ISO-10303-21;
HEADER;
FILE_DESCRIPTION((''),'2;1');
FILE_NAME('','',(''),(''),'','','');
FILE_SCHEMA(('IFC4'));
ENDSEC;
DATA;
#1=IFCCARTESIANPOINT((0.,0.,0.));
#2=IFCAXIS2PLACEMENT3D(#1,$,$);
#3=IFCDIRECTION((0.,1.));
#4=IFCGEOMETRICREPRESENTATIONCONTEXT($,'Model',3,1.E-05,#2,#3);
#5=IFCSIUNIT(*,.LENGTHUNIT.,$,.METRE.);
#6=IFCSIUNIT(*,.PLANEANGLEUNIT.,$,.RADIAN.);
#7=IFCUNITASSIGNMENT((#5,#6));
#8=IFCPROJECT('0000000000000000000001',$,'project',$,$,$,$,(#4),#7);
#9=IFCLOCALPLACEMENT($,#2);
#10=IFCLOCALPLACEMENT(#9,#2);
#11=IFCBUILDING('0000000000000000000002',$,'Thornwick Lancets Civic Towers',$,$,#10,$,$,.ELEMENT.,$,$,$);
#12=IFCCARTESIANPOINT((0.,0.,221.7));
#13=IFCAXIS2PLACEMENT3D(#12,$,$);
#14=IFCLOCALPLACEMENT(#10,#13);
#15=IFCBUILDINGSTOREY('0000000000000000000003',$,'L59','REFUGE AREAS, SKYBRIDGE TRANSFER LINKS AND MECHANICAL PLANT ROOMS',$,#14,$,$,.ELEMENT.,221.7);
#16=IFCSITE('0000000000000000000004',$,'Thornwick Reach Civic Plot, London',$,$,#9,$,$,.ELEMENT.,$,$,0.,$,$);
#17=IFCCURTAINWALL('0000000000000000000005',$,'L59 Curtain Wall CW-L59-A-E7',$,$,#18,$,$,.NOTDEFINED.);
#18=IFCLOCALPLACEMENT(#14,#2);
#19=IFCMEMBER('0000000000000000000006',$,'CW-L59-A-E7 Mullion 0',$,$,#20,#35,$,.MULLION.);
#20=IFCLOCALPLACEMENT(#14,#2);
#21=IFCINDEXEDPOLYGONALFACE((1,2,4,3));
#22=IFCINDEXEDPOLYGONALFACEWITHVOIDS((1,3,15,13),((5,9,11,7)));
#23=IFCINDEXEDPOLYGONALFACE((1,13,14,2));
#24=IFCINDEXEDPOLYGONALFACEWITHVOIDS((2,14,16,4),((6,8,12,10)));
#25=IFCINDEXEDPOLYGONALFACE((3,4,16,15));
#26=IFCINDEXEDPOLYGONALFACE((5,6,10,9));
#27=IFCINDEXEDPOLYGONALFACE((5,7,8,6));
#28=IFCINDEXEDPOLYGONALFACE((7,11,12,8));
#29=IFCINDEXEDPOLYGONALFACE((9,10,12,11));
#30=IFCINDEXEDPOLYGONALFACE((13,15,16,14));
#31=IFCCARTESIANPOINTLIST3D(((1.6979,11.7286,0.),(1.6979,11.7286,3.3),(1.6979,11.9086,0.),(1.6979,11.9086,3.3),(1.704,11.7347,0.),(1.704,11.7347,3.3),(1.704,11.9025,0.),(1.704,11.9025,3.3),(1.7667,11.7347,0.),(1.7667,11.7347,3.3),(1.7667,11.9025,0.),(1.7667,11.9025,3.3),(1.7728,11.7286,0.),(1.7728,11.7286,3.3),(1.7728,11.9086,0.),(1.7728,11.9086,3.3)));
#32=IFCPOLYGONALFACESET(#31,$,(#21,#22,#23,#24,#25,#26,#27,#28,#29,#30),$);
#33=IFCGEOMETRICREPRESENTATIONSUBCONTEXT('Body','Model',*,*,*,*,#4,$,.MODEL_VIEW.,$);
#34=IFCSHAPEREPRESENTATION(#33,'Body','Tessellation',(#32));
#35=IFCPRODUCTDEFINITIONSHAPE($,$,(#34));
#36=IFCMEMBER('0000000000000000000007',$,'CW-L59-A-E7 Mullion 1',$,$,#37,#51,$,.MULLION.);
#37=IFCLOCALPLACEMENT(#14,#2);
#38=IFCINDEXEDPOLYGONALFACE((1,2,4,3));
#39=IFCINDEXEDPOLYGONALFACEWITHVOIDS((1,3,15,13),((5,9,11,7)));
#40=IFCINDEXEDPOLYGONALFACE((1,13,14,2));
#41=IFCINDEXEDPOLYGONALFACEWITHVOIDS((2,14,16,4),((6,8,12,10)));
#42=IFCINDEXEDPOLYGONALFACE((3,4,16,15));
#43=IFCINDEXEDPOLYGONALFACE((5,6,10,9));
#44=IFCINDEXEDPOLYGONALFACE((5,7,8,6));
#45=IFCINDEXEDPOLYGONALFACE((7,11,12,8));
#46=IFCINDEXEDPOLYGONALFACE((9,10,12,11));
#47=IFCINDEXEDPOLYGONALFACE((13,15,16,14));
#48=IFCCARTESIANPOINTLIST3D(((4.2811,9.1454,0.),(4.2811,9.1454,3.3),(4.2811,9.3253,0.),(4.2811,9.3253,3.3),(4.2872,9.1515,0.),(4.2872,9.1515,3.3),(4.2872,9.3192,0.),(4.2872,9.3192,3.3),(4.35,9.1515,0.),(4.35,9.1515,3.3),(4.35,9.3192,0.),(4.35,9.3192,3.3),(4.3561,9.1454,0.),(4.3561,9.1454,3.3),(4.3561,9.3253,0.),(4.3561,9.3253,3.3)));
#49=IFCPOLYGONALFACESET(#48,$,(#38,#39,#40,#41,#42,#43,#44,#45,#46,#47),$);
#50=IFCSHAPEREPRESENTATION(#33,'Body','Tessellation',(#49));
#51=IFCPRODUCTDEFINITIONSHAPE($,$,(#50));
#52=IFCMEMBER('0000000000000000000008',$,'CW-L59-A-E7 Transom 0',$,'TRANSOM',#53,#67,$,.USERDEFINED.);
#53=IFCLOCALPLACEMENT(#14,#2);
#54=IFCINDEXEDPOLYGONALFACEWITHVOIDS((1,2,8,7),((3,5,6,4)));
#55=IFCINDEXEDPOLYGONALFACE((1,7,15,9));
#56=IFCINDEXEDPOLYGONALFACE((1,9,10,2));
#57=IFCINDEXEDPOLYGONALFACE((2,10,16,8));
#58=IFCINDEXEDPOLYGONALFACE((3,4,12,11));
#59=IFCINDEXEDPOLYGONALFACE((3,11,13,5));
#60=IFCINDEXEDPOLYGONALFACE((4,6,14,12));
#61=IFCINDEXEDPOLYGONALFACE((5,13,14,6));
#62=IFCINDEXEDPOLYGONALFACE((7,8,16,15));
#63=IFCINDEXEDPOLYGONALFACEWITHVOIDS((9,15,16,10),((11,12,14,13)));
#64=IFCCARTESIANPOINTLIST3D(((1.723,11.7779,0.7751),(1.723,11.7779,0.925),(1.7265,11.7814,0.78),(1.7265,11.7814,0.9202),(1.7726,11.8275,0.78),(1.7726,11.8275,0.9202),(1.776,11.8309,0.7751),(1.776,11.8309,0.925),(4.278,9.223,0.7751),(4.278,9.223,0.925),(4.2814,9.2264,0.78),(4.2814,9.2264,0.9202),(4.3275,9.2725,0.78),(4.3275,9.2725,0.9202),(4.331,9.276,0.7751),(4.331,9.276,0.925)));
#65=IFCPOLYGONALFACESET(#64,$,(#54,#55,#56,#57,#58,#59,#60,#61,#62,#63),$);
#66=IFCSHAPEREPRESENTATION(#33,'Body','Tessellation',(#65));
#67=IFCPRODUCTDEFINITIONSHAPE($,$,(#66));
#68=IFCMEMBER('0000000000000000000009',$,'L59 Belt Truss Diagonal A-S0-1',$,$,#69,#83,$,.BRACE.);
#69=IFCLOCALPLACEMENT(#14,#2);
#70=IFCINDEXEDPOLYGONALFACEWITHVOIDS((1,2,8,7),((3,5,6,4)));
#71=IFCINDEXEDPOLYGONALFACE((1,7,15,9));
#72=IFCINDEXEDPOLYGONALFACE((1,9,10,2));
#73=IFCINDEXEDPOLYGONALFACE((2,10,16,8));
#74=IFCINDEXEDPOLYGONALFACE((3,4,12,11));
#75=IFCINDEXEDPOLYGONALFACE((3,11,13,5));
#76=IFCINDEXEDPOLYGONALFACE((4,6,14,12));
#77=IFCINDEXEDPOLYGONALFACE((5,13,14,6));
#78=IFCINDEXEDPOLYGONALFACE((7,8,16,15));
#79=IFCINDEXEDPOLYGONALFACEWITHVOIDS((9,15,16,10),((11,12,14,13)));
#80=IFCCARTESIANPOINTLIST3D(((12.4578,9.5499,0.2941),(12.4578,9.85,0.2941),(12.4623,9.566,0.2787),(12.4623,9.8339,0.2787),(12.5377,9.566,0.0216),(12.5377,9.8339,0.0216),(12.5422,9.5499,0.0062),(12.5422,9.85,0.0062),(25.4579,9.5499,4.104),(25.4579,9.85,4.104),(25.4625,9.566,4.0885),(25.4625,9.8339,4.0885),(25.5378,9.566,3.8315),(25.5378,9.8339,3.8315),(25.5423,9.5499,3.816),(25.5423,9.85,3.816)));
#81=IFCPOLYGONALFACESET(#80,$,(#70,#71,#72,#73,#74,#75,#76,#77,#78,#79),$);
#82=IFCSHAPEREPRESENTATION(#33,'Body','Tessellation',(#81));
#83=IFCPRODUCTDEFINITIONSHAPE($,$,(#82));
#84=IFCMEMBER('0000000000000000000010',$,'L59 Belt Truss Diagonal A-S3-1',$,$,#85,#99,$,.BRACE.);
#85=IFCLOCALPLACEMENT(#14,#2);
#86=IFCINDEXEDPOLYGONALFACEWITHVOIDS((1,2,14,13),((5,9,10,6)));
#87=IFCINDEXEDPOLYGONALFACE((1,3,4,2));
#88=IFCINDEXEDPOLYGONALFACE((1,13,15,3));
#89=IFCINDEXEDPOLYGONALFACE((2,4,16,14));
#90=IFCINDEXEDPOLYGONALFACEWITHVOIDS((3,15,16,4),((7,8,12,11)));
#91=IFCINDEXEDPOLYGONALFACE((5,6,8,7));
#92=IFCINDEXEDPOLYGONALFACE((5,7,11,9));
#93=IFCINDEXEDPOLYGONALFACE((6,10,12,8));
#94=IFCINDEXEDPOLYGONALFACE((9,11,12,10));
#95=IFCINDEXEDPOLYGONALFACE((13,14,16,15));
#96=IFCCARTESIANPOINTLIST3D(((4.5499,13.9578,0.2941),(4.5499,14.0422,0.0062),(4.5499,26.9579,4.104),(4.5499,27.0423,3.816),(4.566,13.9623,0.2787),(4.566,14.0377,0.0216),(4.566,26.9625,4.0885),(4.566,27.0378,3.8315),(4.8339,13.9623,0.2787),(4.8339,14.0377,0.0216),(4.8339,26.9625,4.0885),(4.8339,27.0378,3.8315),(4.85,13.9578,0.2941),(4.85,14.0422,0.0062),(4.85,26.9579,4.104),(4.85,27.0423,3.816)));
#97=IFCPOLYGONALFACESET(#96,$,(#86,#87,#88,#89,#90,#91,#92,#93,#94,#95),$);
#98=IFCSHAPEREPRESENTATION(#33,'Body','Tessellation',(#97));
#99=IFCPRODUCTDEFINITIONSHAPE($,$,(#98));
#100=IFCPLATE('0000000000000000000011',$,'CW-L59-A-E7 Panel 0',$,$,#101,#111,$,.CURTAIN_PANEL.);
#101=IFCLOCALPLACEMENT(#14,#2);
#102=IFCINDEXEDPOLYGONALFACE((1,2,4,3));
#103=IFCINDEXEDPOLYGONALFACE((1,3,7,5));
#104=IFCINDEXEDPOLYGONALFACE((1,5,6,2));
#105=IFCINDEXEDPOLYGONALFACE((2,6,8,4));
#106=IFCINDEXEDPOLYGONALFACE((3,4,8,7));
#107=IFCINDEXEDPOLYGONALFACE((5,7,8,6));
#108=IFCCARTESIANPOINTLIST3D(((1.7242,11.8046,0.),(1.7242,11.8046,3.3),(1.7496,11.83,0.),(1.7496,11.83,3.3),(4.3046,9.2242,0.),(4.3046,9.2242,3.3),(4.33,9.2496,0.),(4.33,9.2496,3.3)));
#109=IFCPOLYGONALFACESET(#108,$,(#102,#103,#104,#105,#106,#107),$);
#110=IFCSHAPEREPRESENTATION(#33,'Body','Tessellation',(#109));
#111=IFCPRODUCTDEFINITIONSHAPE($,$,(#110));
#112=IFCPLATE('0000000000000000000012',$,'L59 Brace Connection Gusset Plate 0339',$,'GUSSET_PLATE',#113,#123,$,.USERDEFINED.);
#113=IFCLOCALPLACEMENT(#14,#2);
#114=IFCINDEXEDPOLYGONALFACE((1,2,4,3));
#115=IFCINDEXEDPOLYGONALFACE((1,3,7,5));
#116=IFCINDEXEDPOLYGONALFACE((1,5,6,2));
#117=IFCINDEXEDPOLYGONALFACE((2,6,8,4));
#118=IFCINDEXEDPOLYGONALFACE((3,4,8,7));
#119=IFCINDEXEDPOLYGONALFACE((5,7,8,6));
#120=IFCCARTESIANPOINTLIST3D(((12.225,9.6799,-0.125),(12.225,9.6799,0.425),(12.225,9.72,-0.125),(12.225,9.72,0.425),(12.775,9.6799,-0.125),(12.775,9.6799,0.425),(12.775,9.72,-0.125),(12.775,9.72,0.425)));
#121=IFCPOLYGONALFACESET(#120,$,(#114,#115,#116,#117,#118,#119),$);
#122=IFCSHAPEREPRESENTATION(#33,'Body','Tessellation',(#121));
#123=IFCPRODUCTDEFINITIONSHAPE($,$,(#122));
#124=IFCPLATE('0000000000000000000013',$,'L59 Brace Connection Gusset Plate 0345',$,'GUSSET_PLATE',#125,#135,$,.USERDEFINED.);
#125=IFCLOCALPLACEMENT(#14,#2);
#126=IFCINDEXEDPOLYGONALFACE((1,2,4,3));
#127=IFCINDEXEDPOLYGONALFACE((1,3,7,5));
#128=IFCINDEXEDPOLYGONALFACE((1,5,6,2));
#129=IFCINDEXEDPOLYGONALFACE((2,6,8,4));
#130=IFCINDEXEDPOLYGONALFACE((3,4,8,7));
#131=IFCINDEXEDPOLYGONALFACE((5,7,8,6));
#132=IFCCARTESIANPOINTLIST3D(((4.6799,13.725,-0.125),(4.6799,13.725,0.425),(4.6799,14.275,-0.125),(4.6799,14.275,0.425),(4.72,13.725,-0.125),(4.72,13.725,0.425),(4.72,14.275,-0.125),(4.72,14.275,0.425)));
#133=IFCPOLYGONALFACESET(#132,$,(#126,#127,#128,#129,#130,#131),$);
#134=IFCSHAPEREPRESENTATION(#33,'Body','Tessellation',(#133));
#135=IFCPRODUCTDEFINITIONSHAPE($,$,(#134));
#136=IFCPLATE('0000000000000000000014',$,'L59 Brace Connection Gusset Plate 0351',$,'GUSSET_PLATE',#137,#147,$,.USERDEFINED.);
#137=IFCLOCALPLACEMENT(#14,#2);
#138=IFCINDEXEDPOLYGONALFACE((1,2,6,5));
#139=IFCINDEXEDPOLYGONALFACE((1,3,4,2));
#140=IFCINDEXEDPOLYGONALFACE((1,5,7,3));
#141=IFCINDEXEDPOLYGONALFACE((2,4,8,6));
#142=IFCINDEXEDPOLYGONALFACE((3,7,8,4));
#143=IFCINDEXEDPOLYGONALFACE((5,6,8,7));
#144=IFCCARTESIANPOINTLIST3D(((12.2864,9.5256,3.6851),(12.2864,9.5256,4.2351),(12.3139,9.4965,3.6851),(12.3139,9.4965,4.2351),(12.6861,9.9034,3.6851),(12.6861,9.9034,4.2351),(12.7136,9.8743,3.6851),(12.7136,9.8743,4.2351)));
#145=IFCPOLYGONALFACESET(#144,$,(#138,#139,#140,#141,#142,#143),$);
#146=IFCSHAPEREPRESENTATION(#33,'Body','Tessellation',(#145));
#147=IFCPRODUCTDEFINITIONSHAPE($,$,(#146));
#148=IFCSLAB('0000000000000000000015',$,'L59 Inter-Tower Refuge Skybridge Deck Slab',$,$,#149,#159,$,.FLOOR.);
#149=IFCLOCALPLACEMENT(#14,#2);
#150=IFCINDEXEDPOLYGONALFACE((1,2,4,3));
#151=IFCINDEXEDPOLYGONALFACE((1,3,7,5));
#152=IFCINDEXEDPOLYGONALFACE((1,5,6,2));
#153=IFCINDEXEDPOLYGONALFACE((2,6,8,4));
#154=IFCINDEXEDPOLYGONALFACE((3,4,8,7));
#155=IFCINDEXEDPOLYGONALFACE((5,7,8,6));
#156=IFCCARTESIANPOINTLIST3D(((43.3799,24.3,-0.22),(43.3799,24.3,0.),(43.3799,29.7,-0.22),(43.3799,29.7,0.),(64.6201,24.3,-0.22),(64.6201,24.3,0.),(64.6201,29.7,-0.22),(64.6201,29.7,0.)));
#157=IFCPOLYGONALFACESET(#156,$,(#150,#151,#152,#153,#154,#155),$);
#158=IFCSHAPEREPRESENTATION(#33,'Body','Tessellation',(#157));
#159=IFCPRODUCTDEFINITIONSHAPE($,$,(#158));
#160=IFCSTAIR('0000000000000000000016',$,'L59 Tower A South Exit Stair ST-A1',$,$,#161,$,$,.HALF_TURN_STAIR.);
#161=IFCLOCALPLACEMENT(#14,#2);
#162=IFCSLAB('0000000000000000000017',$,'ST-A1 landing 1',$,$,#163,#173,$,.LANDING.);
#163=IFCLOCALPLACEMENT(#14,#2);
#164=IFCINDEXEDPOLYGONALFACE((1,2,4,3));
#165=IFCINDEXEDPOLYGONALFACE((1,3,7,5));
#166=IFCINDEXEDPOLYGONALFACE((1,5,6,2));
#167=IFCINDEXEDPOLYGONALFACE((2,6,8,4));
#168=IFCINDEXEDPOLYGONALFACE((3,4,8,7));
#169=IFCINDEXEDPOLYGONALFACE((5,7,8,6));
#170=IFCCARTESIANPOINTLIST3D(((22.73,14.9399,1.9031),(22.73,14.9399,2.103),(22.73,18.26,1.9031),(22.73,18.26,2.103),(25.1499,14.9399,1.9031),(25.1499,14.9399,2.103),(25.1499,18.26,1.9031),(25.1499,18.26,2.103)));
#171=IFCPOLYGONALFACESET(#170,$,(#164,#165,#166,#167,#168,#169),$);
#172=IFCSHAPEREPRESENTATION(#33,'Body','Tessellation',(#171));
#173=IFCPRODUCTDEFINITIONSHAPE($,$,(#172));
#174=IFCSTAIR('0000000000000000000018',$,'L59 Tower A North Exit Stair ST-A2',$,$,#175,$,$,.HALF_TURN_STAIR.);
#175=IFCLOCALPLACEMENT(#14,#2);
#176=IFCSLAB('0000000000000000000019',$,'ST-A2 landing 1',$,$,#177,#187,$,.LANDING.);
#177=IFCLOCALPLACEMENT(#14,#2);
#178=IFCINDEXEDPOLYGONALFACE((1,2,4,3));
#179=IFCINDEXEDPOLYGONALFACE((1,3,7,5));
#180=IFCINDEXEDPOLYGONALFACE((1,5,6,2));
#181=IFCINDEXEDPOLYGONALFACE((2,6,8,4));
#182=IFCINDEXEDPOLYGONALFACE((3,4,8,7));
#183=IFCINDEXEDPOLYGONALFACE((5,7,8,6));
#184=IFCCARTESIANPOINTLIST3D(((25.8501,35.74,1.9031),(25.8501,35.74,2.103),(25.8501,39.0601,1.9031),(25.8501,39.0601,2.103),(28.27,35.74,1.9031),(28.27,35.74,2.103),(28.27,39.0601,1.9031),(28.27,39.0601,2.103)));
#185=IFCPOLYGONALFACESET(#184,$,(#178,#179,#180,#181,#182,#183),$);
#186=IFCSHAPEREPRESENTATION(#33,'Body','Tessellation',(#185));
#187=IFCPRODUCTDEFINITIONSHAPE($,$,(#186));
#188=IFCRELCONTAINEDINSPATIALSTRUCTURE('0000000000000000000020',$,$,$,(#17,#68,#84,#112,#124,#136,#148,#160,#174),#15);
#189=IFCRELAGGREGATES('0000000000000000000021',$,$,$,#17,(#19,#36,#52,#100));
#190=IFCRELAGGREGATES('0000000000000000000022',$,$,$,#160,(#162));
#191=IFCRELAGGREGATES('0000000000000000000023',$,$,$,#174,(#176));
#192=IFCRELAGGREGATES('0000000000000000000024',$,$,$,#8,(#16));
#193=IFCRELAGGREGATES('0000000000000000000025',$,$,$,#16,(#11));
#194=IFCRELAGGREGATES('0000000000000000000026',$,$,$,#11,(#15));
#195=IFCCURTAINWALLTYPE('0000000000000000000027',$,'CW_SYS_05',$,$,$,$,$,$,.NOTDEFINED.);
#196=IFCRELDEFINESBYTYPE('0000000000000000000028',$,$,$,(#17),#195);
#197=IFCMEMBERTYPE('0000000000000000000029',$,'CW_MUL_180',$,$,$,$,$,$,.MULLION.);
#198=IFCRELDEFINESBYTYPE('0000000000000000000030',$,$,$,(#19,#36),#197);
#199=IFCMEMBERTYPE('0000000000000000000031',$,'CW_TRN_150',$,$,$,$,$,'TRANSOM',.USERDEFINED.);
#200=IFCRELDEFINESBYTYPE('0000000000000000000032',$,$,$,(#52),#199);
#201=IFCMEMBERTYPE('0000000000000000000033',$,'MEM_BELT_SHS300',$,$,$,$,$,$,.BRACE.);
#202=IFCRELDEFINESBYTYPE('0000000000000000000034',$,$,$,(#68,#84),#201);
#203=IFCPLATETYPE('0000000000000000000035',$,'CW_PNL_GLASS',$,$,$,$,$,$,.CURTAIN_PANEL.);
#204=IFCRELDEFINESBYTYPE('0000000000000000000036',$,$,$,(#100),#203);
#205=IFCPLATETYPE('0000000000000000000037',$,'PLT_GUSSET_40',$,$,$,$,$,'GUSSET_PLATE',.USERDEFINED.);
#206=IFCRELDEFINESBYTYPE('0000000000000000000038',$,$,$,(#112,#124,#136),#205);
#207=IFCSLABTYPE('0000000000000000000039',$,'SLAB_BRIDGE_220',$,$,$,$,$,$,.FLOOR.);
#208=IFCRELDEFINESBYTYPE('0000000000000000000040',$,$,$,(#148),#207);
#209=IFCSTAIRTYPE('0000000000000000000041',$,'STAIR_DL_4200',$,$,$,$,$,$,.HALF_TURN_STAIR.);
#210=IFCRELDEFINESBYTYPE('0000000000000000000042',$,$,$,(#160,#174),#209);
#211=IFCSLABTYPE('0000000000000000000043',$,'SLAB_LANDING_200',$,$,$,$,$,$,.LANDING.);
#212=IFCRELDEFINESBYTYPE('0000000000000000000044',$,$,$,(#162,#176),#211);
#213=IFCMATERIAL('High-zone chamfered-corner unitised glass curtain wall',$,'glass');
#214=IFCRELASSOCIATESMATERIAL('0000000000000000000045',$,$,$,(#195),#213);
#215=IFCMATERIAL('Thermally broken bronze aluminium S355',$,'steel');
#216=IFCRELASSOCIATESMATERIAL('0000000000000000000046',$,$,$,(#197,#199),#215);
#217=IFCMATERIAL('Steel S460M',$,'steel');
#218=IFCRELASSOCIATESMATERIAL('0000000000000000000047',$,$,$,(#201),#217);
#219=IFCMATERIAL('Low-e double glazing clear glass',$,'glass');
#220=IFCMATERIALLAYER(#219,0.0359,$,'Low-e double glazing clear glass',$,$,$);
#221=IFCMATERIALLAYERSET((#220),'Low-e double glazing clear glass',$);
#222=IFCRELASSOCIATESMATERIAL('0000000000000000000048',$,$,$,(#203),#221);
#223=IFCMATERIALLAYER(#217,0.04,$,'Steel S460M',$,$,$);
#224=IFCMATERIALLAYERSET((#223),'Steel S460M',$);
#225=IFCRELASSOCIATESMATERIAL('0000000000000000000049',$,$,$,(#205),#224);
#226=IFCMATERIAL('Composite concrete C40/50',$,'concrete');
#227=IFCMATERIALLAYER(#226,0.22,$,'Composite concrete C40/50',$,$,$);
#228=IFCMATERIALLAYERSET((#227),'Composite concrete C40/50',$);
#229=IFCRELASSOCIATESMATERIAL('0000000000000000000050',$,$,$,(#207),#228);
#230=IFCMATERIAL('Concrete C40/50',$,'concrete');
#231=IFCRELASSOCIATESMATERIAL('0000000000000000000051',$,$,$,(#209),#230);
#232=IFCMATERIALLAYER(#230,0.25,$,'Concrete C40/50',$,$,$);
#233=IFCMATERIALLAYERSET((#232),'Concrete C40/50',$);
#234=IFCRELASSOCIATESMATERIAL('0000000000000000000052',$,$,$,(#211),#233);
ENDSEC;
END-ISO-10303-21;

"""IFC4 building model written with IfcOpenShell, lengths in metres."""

from ifc_helpers import new_model, si_unit, direction, frame, origin, origin_2d, place, context, subcontext, project, spatial, polyline, rectangle, hollow_rectangle, outline, extrude, material, layer, layer_set, material_profile, profile_set, type_object, element, aggregate, save


model = new_model("IFC4")

# Units and contexts
model_context = context("Model", 3, precision=1e-05, world=origin(), true_north=direction((0.0, 1.0)))
body_context = subcontext(model_context, "Body", "Model", "MODEL_VIEW")
ifc_project = project(units=[si_unit("LENGTHUNIT", "METRE"), si_unit("PLANEANGLEUNIT", "RADIAN")], contexts=[model_context])

# Site, building, storey
site_placement = place(None, origin())
site = spatial("IfcSite", under=ifc_project, at=site_placement, Name="Thornwick Reach Civic Plot, London", CompositionType="ELEMENT", RefElevation=0.0)
building_placement = place(site_placement, origin())
building = spatial("IfcBuilding", under=site, at=building_placement, Name="Thornwick Lancets Civic Towers", CompositionType="ELEMENT")
storey_placement = place(building_placement, frame((0.0, 0.0, 221.7)))
storey = spatial("IfcBuildingStorey", under=building, at=storey_placement, Name="L59", Description="REFUGE AREAS, SKYBRIDGE TRANSFER LINKS AND MECHANICAL PLANT ROOMS", CompositionType="ELEMENT", Elevation=221.7)

# Curtain wall, members
ifc_material_1 = material(Name="High-zone chamfered-corner unitised glass curtain wall", Category="glass")
curtain_wall_type = type_object("IfcCurtainWallType", Name="CW_SYS_05", PredefinedType="NOTDEFINED", material=ifc_material_1)
curtain_wall_placement = place(storey_placement, origin())
curtain_wall = element("IfcCurtainWall", 1, at=curtain_wall_placement, inside=storey, type_object=curtain_wall_type, Name="L59 Curtain Wall CW-L59-A-E7", PredefinedType="NOTDEFINED")
ifc_material_2 = material(Name="Thermally broken bronze aluminium S355", Category="steel")
ifc_material_profile_1 = material_profile(ifc_material_2, hollow_rectangle(XDim=0.075, YDim=0.1799, WallThickness=0.0061, at=origin_2d()), Name="RHS 180x75x6")
ifc_profile_set_1 = profile_set([ifc_material_profile_1], Name="Thermally broken bronze aluminium S355")
member_type_1 = type_object("IfcMemberType", Name="CW_MUL_180", PredefinedType="MULLION", material=ifc_profile_set_1)
member_1_placement = place(storey_placement, frame((1.7354, 11.8186, 0.0), z_axis=(0.0, 0.0, 1.0), x_axis=(1.0, 0.0, 0.0)))
member_1 = element("IfcMember", 2, at=member_1_placement, type_object=member_type_1, Name="CW-L59-A-E7 Mullion 0", PredefinedType="MULLION", context=body_context, shape_type="SweptSolid", body=[
    extrude(hollow_rectangle(XDim=0.075, YDim=0.1799, WallThickness=0.0061, at=origin_2d()), origin(), (0.0, 0.0, 1.0), 3.3),
])
member_2_placement = place(storey_placement, frame((4.3186, 9.2354, 0.0), z_axis=(0.0, 0.0, 1.0), x_axis=(1.0, 0.0, 0.0)))
member_2 = element("IfcMember", 3, at=member_2_placement, type_object=member_type_1, Name="CW-L59-A-E7 Mullion 1", PredefinedType="MULLION", context=body_context, shape_type="SweptSolid", body=[
    extrude(hollow_rectangle(XDim=0.075, YDim=0.1799, WallThickness=0.0061, at=origin_2d()), origin(), (0.0, 0.0, 1.0), 3.3),
])
ifc_material_profile_2 = material_profile(ifc_material_2, hollow_rectangle(XDim=0.075, YDim=0.1499, WallThickness=0.0049, at=origin_2d()), Name="RHS 150x75x5")
ifc_profile_set_2 = profile_set([ifc_material_profile_2], Name="Thermally broken bronze aluminium S355")
member_type_2 = type_object("IfcMemberType", Name="CW_TRN_150", ElementType="TRANSOM", PredefinedType="USERDEFINED", material=ifc_profile_set_2)
member_3_placement = place(storey_placement, frame((1.7495, 11.8044, 0.8501), z_axis=(0.707107, -0.707107, 0.0), x_axis=(0.707107, 0.707107, 0.0)))
member_3 = element("IfcMember", 4, at=member_3_placement, type_object=member_type_2, Name="CW-L59-A-E7 Transom 0", ObjectType="TRANSOM", PredefinedType="USERDEFINED", context=body_context, shape_type="SweptSolid", body=[
    extrude(hollow_rectangle(XDim=0.075, YDim=0.1499, WallThickness=0.0049, at=origin_2d()), origin(), (0.0, 0.0, 1.0), 3.6133),
])

# Members
ifc_material_3 = material(Name="Steel S460M", Category="steel")
ifc_material_profile_3 = material_profile(ifc_material_3, hollow_rectangle(XDim=0.3, YDim=0.3, WallThickness=0.0161, at=origin_2d()), Name="SHS 300x300x16")
ifc_profile_set_3 = profile_set([ifc_material_profile_3], Name="Steel S460M")
member_type_3 = type_object("IfcMemberType", Name="MEM_BELT_SHS300", PredefinedType="BRACE", material=ifc_profile_set_3)
for number, where, z_axis, x_axis, name in (
    (5, (12.5, 9.7, 0.1501), (0.959639, 0.0, 0.281234), (0.0, 1.0, 0.0), "L59 Belt Truss Diagonal A-S0-1"),
    (6, (4.7, 14.0, 0.1501), (0.0, 0.959639, 0.281234), (-1.0, 0.0, 0.0), "L59 Belt Truss Diagonal A-S3-1"),
):
    element("IfcMember", number, at=place(storey_placement, frame(where, z_axis=z_axis, x_axis=x_axis)), inside=storey, type_object=member_type_3, Name=name, PredefinedType="BRACE", context=body_context, shape_type="SweptSolid", body=[
        extrude(hollow_rectangle(XDim=0.3, YDim=0.3, WallThickness=0.0161, at=origin_2d()), origin(), (0.0, 0.0, 1.0), 13.5469),
    ])

# Plate
ifc_material_4 = material(Name="Low-e double glazing clear glass", Category="glass")
ifc_layer_1 = layer(ifc_material_4, 0.0359, Name="Low-e double glazing clear glass")
ifc_layer_set_1 = layer_set([ifc_layer_1], Name="Low-e double glazing clear glass")
plate_type_1 = type_object("IfcPlateType", Name="CW_PNL_GLASS", PredefinedType="CURTAIN_PANEL", material=ifc_layer_set_1)
plate_placement = place(storey_placement, frame((3.0271, 10.5271, 0.0), z_axis=(0.0, 0.0, 1.0), x_axis=(0.707107, -0.707107, 0.0)))
plate = element("IfcPlate", 7, at=plate_placement, type_object=plate_type_1, Name="CW-L59-A-E7 Panel 0", PredefinedType="CURTAIN_PANEL", context=body_context, shape_type="SweptSolid", body=[
    extrude(rectangle(XDim=3.6492, YDim=0.0359, at=origin_2d()), origin(), (0.0, 0.0, 1.0), 3.3),
])
aggregate(curtain_wall, [member_1, member_2, member_3, plate])

# Plates
ifc_layer_2 = layer(ifc_material_3, 0.04, Name="Steel S460M")
ifc_layer_set_2 = layer_set([ifc_layer_2], Name="Steel S460M")
plate_type_2 = type_object("IfcPlateType", Name="PLT_GUSSET_40", ElementType="GUSSET_PLATE", PredefinedType="USERDEFINED", material=ifc_layer_set_2)
for number, where, z_axis, x_axis, name in (
    (8, (12.5, 9.7, -0.125), (0.0, 0.0, 1.0), (1.0, 0.0, 0.0), "L59 Brace Connection Gusset Plate 0339"),
    (9, (4.7, 14.0, -0.125), (0.0, 0.0, 1.0), (0.0, 1.0, 0.0), "L59 Brace Connection Gusset Plate 0345"),
    (10, (12.5, 9.7, 3.6851), (0.0, 0.0, 1.0), (-0.726814, -0.686834, 0.0), "L59 Brace Connection Gusset Plate 0351"),
):
    element("IfcPlate", number, at=place(storey_placement, frame(where, z_axis=z_axis, x_axis=x_axis)), inside=storey, type_object=plate_type_2, Name=name, ObjectType="GUSSET_PLATE", PredefinedType="USERDEFINED", context=body_context, shape_type="SweptSolid", body=[
        extrude(rectangle(XDim=0.55, YDim=0.04, at=origin_2d()), origin(), (0.0, 0.0, 1.0), 0.55),
    ])

# Slab
ifc_material_5 = material(Name="Composite concrete C40/50", Category="concrete")
ifc_layer_3 = layer(ifc_material_5, 0.22, Name="Composite concrete C40/50")
ifc_layer_set_3 = layer_set([ifc_layer_3], Name="Composite concrete C40/50")
slab_type_1 = type_object("IfcSlabType", Name="SLAB_BRIDGE_220", PredefinedType="FLOOR", material=ifc_layer_set_3)
slab_1_placement = place(storey_placement, frame((0.0, 0.0, -0.22)))
element("IfcSlab", 11, at=slab_1_placement, inside=storey, type_object=slab_type_1, Name="L59 Inter-Tower Refuge Skybridge Deck Slab", PredefinedType="FLOOR", context=body_context, shape_type="SweptSolid", body=[
    extrude(outline(polyline([(43.3799, 24.3), (64.6201, 24.3), (64.6201, 29.7), (43.3799, 29.7), (43.3799, 24.3)])), origin(), (0.0, 0.0, 1.0), 0.22),
])

# Stairs, slabs
ifc_material_6 = material(Name="Concrete C40/50", Category="concrete")
stair_type = type_object("IfcStairType", Name="STAIR_DL_4200", PredefinedType="HALF_TURN_STAIR", material=ifc_material_6)
stair_1_placement = place(storey_placement, origin())
stair_1 = element("IfcStair", 12, at=stair_1_placement, inside=storey, type_object=stair_type, Name="L59 Tower A South Exit Stair ST-A1", PredefinedType="HALF_TURN_STAIR")
ifc_layer_4 = layer(ifc_material_6, 0.25, Name="Concrete C40/50")
ifc_layer_set_4 = layer_set([ifc_layer_4], Name="Concrete C40/50")
slab_type_2 = type_object("IfcSlabType", Name="SLAB_LANDING_200", PredefinedType="LANDING", material=ifc_layer_set_4)
slab_2_placement = place(storey_placement, frame((0.0, 0.0, 1.9031)))
slab_2 = element("IfcSlab", 13, at=slab_2_placement, type_object=slab_type_2, Name="ST-A1 landing 1", PredefinedType="LANDING", context=body_context, shape_type="SweptSolid", body=[
    extrude(outline(polyline([(22.73, 14.9399), (25.1499, 14.9399), (25.1499, 18.26), (22.73, 18.26), (22.73, 14.9399)])), origin(), (0.0, 0.0, 1.0), 0.2),
])
aggregate(stair_1, [slab_2])
stair_2_placement = place(storey_placement, origin())
stair_2 = element("IfcStair", 14, at=stair_2_placement, inside=storey, type_object=stair_type, Name="L59 Tower A North Exit Stair ST-A2", PredefinedType="HALF_TURN_STAIR")
slab_3_placement = place(storey_placement, frame((0.0, 0.0, 1.9031)))
slab_3 = element("IfcSlab", 15, at=slab_3_placement, type_object=slab_type_2, Name="ST-A2 landing 1", PredefinedType="LANDING", context=body_context, shape_type="SweptSolid", body=[
    extrude(outline(polyline([(28.27, 39.0601), (25.8501, 39.0601), (25.8501, 35.74), (28.27, 35.74), (28.27, 39.0601)])), origin(), (0.0, 0.0, 1.0), 0.2),
])
aggregate(stair_2, [slab_3])

save(model, "model.ifc")
